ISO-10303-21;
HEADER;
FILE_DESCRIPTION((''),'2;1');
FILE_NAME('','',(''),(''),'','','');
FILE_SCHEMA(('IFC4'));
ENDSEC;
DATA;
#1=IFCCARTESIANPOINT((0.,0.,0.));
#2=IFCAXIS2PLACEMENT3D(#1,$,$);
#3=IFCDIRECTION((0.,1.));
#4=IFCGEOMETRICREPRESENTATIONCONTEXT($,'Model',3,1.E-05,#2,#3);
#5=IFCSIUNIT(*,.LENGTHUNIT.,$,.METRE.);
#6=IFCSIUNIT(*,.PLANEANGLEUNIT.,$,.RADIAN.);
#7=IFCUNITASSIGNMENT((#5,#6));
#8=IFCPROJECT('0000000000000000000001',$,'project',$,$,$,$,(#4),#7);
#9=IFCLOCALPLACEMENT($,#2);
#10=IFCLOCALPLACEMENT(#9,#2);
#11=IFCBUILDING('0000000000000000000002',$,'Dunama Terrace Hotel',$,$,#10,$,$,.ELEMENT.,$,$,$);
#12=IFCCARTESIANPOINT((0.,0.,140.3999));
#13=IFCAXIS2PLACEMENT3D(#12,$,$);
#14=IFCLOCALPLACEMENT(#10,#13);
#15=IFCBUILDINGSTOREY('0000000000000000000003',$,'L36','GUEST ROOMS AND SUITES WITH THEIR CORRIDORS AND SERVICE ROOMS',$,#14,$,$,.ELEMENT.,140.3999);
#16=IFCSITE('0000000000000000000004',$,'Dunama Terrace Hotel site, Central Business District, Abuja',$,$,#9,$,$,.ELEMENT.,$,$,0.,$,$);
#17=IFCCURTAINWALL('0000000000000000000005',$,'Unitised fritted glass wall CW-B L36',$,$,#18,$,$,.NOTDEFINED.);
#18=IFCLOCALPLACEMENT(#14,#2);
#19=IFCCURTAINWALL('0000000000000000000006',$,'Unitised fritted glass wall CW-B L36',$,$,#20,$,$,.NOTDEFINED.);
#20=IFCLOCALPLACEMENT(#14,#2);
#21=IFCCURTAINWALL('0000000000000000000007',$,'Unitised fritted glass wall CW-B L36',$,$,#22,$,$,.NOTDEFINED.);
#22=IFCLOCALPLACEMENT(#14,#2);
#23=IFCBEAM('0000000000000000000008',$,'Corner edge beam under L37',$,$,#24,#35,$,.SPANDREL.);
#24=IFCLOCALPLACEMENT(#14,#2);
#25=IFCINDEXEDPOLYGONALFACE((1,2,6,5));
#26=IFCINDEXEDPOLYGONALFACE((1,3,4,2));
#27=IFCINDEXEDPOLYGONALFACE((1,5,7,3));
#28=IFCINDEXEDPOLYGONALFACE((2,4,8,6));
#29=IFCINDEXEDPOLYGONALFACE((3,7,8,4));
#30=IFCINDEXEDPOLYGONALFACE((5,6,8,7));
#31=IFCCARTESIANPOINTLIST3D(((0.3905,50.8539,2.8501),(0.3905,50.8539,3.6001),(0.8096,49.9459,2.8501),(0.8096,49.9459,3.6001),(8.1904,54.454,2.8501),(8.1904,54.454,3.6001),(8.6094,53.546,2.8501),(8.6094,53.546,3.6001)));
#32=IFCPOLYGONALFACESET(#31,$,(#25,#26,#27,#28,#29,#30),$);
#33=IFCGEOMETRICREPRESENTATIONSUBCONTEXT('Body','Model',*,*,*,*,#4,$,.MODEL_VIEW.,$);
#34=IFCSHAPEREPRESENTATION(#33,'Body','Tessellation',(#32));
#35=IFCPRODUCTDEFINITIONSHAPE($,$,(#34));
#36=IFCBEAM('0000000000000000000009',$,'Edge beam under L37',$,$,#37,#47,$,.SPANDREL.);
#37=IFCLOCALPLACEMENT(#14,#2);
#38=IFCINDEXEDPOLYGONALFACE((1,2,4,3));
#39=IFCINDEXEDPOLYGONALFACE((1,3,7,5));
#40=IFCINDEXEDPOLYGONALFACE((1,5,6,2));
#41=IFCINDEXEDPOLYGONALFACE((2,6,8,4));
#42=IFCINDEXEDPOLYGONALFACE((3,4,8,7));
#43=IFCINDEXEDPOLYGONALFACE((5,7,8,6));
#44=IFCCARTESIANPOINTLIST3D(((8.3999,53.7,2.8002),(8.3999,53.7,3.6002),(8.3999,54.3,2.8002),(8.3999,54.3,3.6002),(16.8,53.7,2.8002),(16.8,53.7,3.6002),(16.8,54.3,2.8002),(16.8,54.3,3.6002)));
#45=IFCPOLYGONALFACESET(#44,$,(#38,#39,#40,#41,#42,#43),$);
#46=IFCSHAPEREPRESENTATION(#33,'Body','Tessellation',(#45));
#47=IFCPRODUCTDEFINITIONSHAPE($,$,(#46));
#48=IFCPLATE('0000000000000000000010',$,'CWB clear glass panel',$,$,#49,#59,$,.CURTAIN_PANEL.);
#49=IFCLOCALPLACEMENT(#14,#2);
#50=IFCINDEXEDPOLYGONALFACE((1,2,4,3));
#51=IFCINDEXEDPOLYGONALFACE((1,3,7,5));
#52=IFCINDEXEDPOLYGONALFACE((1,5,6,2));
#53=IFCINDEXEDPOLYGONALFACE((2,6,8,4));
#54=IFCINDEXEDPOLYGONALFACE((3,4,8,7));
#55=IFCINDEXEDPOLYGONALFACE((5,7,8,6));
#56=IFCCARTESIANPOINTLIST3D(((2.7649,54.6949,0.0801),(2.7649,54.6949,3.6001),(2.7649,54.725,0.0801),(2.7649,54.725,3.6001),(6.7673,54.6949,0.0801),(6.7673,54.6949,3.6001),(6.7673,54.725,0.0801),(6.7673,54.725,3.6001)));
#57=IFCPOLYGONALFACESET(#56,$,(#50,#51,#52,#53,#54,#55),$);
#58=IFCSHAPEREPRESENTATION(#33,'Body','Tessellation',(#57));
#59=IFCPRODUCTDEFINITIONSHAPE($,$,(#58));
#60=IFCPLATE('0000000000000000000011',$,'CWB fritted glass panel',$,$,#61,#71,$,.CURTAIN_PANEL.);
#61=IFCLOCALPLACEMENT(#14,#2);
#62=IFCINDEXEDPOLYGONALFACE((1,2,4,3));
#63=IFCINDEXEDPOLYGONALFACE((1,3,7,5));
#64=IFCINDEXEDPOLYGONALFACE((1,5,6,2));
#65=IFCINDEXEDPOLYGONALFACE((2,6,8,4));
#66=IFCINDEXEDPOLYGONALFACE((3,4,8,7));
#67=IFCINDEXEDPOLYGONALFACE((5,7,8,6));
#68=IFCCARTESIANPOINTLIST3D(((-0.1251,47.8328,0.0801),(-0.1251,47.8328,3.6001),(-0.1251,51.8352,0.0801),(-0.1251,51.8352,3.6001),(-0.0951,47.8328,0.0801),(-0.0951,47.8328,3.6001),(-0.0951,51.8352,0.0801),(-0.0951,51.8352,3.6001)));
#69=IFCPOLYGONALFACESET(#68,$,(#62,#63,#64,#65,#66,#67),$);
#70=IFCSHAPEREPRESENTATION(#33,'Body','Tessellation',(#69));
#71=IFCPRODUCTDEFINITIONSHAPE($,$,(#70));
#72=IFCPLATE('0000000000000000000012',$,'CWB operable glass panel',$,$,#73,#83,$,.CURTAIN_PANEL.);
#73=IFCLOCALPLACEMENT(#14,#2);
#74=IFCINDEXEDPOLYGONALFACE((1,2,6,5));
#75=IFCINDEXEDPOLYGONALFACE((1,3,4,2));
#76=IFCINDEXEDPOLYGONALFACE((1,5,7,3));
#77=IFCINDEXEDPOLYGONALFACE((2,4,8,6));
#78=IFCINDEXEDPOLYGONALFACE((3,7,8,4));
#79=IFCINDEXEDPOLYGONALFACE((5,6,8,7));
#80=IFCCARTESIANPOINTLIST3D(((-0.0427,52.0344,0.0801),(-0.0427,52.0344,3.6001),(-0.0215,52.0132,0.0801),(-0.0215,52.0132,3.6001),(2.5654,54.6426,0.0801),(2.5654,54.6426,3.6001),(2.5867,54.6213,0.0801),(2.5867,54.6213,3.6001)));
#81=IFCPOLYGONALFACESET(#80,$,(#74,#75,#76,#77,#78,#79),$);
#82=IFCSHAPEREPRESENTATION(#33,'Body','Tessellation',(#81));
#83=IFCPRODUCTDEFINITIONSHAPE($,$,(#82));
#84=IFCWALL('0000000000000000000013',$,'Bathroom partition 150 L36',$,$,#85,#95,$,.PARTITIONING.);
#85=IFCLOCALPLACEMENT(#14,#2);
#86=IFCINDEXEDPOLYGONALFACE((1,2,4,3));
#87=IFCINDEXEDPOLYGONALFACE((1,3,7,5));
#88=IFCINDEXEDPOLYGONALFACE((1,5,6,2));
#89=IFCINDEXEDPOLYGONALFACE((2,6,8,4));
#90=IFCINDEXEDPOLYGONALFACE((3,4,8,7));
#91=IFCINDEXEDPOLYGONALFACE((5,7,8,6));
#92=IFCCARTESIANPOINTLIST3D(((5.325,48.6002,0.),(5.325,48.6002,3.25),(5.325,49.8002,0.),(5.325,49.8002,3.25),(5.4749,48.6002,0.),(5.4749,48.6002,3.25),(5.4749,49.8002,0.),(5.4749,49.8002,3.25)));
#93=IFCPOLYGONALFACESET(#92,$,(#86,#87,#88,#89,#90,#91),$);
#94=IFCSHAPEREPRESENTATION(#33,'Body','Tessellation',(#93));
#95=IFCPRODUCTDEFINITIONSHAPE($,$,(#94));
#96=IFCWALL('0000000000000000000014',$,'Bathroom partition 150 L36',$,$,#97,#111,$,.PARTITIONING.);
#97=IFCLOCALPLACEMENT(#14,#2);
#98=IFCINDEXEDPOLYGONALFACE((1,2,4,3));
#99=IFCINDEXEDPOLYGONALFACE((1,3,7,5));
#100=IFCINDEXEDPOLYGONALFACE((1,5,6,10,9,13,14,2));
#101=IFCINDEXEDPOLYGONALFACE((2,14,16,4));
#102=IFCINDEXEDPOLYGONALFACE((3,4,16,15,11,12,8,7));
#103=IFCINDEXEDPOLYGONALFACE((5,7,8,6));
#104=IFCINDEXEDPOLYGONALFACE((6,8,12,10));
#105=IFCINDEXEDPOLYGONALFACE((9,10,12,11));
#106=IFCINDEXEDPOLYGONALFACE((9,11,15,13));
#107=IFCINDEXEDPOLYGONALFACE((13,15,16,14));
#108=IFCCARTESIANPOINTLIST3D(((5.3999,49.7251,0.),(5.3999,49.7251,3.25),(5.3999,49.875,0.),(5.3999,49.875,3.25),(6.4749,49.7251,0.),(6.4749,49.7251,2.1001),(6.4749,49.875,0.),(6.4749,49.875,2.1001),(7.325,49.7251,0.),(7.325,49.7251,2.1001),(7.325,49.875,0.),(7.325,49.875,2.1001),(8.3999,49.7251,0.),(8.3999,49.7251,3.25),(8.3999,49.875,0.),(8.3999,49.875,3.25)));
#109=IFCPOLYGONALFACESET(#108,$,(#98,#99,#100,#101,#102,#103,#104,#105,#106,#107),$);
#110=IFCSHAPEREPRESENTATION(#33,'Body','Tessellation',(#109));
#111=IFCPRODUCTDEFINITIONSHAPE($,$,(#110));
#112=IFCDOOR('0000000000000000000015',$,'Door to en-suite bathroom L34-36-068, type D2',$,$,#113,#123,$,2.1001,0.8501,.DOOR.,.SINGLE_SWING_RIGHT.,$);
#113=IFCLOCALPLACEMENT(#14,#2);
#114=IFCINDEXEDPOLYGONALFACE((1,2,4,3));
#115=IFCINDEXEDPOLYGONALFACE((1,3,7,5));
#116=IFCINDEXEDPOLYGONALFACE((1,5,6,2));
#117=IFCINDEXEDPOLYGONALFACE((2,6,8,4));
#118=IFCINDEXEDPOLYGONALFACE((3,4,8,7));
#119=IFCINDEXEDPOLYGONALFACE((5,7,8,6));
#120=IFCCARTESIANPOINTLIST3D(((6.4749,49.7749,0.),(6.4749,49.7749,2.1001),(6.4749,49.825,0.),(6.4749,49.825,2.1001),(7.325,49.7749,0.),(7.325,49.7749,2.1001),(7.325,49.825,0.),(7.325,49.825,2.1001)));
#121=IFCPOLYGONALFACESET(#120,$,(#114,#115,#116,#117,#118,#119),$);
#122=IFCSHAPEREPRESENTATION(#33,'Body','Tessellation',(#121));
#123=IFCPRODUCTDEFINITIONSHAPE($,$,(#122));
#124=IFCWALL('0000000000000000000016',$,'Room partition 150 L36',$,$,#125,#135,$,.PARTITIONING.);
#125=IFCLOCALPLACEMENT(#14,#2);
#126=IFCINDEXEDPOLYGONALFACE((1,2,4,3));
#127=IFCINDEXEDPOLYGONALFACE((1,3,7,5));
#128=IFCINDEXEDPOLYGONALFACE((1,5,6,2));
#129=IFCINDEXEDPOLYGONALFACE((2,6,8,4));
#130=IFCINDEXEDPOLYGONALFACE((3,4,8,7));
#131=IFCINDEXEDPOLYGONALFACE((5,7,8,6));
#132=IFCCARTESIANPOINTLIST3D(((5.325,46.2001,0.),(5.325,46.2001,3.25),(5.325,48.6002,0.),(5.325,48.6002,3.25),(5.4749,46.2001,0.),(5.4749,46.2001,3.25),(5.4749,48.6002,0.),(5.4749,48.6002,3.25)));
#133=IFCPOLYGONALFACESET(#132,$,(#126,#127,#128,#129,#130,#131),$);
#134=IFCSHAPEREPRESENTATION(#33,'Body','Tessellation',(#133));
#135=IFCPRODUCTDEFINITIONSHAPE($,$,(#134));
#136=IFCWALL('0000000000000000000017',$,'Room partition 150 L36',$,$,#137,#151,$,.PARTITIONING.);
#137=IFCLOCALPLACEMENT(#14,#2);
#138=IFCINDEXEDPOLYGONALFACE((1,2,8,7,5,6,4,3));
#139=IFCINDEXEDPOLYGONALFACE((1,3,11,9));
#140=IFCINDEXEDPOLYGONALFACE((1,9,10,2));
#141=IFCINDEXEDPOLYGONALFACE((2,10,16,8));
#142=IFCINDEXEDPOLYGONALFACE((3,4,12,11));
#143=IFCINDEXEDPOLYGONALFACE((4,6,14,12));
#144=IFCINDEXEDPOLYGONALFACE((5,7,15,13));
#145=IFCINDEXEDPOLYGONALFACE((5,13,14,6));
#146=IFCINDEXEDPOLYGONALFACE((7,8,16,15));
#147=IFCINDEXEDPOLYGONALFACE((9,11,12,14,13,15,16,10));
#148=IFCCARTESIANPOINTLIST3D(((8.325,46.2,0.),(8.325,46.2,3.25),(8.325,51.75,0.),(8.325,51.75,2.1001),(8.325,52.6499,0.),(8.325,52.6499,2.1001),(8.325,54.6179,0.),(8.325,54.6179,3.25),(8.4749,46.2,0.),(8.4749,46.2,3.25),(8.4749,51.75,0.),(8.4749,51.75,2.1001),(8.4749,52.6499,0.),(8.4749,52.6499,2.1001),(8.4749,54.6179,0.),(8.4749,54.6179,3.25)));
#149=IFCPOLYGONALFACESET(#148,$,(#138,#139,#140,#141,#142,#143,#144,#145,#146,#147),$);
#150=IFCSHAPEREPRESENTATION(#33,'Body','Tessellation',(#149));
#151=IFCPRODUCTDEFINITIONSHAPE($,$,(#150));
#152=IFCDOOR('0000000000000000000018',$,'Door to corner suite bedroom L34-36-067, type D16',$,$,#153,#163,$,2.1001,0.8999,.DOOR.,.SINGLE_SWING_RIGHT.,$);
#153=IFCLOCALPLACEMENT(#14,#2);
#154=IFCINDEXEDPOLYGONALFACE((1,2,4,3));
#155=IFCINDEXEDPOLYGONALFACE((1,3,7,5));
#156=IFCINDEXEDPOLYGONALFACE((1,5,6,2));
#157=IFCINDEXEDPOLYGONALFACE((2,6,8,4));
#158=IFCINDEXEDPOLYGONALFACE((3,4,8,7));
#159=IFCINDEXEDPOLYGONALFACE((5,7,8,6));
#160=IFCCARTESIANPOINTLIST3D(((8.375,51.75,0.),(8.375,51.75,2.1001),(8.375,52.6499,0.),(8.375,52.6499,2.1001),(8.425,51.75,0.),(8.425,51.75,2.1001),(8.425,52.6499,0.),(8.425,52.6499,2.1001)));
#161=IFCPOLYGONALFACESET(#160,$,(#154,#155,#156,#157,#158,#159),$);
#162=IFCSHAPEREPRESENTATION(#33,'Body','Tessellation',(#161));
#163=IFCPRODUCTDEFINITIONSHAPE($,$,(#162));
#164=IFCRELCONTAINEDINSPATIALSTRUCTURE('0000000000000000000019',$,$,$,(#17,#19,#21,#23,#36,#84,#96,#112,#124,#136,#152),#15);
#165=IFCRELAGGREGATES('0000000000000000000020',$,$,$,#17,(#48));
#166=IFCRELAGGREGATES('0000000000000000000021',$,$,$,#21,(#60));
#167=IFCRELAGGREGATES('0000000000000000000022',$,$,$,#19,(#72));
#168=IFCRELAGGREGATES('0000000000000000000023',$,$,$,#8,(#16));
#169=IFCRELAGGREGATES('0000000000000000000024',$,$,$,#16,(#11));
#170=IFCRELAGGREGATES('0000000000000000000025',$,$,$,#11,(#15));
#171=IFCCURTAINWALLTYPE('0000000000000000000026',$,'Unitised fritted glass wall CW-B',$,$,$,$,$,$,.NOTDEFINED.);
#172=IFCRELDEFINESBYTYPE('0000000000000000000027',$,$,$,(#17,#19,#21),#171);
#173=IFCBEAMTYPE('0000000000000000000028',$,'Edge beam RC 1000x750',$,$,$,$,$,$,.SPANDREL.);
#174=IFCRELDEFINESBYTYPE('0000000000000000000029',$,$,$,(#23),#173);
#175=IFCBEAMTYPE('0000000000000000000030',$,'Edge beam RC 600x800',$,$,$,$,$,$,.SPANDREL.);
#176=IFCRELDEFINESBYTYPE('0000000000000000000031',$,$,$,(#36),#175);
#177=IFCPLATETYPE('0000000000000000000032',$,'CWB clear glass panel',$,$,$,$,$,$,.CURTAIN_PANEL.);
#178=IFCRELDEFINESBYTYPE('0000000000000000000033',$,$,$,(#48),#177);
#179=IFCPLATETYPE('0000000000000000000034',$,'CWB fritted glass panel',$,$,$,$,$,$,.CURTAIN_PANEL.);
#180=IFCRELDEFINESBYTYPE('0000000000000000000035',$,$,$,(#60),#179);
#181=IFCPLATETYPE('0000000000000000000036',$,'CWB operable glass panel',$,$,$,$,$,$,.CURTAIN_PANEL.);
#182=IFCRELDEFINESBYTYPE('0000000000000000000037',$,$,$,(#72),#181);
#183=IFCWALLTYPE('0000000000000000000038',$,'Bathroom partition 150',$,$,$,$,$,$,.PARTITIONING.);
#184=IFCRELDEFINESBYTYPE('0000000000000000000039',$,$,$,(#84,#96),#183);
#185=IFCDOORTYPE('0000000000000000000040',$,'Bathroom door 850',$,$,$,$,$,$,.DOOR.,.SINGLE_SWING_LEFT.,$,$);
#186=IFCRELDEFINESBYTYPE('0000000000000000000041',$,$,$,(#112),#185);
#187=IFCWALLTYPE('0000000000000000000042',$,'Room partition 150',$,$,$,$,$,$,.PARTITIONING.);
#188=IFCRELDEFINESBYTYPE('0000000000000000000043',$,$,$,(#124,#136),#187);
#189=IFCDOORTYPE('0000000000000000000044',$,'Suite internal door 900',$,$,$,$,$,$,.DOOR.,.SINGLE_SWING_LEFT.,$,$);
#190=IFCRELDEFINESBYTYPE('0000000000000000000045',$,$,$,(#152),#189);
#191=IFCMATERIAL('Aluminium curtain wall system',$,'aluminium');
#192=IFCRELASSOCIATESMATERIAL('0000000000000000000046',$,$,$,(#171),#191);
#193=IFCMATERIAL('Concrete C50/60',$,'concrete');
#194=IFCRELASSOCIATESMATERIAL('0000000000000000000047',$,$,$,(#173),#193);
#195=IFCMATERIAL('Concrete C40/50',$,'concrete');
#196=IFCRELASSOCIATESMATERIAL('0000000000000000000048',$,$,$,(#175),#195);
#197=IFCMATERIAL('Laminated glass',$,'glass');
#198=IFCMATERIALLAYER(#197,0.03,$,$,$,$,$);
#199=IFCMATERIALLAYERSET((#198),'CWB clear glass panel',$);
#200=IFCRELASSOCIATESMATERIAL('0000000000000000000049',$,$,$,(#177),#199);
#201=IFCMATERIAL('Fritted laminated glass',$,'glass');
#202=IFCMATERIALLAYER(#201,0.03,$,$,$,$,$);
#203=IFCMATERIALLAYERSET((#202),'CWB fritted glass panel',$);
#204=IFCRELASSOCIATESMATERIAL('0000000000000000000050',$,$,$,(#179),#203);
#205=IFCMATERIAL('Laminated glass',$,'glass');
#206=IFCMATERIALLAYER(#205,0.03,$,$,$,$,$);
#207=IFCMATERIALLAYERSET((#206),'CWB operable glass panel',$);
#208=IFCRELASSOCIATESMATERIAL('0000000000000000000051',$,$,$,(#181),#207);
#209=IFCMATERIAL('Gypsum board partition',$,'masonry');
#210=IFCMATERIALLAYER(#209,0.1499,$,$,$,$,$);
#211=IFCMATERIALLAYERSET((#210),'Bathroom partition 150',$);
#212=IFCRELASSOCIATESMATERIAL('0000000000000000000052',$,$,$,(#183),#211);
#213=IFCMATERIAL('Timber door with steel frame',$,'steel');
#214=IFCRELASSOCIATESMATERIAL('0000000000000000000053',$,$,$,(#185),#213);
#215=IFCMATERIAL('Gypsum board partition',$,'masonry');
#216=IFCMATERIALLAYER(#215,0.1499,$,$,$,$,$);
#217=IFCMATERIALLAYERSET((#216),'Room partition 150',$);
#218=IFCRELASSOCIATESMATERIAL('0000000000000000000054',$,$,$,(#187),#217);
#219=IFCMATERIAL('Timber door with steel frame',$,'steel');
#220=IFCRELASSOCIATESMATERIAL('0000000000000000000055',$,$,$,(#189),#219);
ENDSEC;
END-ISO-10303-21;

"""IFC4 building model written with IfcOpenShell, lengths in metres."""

from ifc_helpers import new_model, si_unit, direction, frame, frame_2d, origin, origin_2d, place, context, subcontext, project, spatial, rectangle, extrude, material, layer, layer_set, material_profile, profile_set, type_object, element, fill, aggregate, save


model = new_model("IFC4")

# Units and contexts
model_context = context("Model", 3, precision=1e-05, world=origin(), true_north=direction((0.0, 1.0)))
body_context = subcontext(model_context, "Body", "Model", "MODEL_VIEW")
ifc_project = project(units=[si_unit("LENGTHUNIT", "METRE"), si_unit("PLANEANGLEUNIT", "RADIAN")], contexts=[model_context])

# Site, building, storey
site_placement = place(None, origin())
site = spatial("IfcSite", under=ifc_project, at=site_placement, Name="Dunama Terrace Hotel site, Central Business District, Abuja", CompositionType="ELEMENT", RefElevation=0.0)
building_placement = place(site_placement, origin())
building = spatial("IfcBuilding", under=site, at=building_placement, Name="Dunama Terrace Hotel", CompositionType="ELEMENT")
storey_placement = place(building_placement, frame((0.0, 0.0, 140.3999)))
storey = spatial("IfcBuildingStorey", under=building, at=storey_placement, Name="L36", Description="GUEST ROOMS AND SUITES WITH THEIR CORRIDORS AND SERVICE ROOMS", CompositionType="ELEMENT", Elevation=140.3999)

# Curtain walls
ifc_material_1 = material(Name="Aluminium curtain wall system", Category="aluminium")
curtain_wall_type = type_object("IfcCurtainWallType", Name="Unitised fritted glass wall CW-B", PredefinedType="NOTDEFINED", material=ifc_material_1)
curtain_wall_1_placement = place(storey_placement, origin())
curtain_wall_1 = element("IfcCurtainWall", 1, at=curtain_wall_1_placement, inside=storey, type_object=curtain_wall_type, Name="Unitised fritted glass wall CW-B L36", PredefinedType="NOTDEFINED")
curtain_wall_2_placement = place(storey_placement, origin())
curtain_wall_2 = element("IfcCurtainWall", 2, at=curtain_wall_2_placement, inside=storey, type_object=curtain_wall_type, Name="Unitised fritted glass wall CW-B L36", PredefinedType="NOTDEFINED")
curtain_wall_3_placement = place(storey_placement, origin())
curtain_wall_3 = element("IfcCurtainWall", 3, at=curtain_wall_3_placement, inside=storey, type_object=curtain_wall_type, Name="Unitised fritted glass wall CW-B L36", PredefinedType="NOTDEFINED")

# Beams
ifc_material_2 = material(Name="Concrete C50/60", Category="concrete")
ifc_material_profile_1 = material_profile(ifc_material_2, rectangle(XDim=1.0, YDim=0.75, at=origin_2d()), Name="RC 1000x750")
ifc_profile_set_1 = profile_set([ifc_material_profile_1], Name="Concrete C50/60")
beam_type_1 = type_object("IfcBeamType", Name="Edge beam RC 1000x750", PredefinedType="SPANDREL", material=ifc_profile_set_1)
beam_1_placement = place(storey_placement, frame((8.3999, 54.0, 3.2251), z_axis=(-0.907951, -0.419076, 0.0), x_axis=(0.419076, -0.907951, 0.0)))
element("IfcBeam", 4, at=beam_1_placement, inside=storey, type_object=beam_type_1, Name="Corner edge beam under L37", PredefinedType="SPANDREL", context=body_context, shape_type="SweptSolid", body=[
    extrude(rectangle(XDim=1.0, YDim=0.75, at=origin_2d()), origin(), (0.0, 0.0, 1.0), 8.5906),
])
ifc_material_3 = material(Name="Concrete C40/50", Category="concrete")
ifc_material_profile_2 = material_profile(ifc_material_3, rectangle(XDim=0.6001, YDim=0.8, at=origin_2d()), Name="RC 600x800")
ifc_profile_set_2 = profile_set([ifc_material_profile_2], Name="Concrete C40/50")
beam_type_2 = type_object("IfcBeamType", Name="Edge beam RC 600x800", PredefinedType="SPANDREL", material=ifc_profile_set_2)
beam_2_placement = place(storey_placement, frame((8.3999, 54.0, 3.2002), z_axis=(1.0, 0.0, 0.0), x_axis=(0.0, 1.0, 0.0)))
element("IfcBeam", 5, at=beam_2_placement, inside=storey, type_object=beam_type_2, Name="Edge beam under L37", PredefinedType="SPANDREL", context=body_context, shape_type="SweptSolid", body=[
    extrude(rectangle(XDim=0.6001, YDim=0.8, at=origin_2d()), origin(), (0.0, 0.0, 1.0), 8.4001),
])

# Plates
ifc_material_4 = material(Name="Laminated glass", Category="glass")
ifc_layer_1 = layer(ifc_material_4, 0.03)
ifc_layer_set_1 = layer_set([ifc_layer_1], Name="CWB clear glass panel")
plate_type_1 = type_object("IfcPlateType", Name="CWB clear glass panel", PredefinedType="CURTAIN_PANEL", material=ifc_layer_set_1)
plate_1_placement = place(storey_placement, frame((4.7661, 54.71, 0.0801), z_axis=(0.0, 0.0, 1.0), x_axis=(-1.0, 0.0, 0.0)))
plate_1 = element("IfcPlate", 6, at=plate_1_placement, type_object=plate_type_1, Name="CWB clear glass panel", PredefinedType="CURTAIN_PANEL", context=body_context, shape_type="SweptSolid", body=[
    extrude(rectangle(XDim=4.0024, YDim=0.03, at=origin_2d()), origin(), (0.0, 0.0, 1.0), 3.52),
])
aggregate(curtain_wall_1, [plate_1])
ifc_material_5 = material(Name="Fritted laminated glass", Category="glass")
ifc_layer_2 = layer(ifc_material_5, 0.03)
ifc_layer_set_2 = layer_set([ifc_layer_2], Name="CWB fritted glass panel")
plate_type_2 = type_object("IfcPlateType", Name="CWB fritted glass panel", PredefinedType="CURTAIN_PANEL", material=ifc_layer_set_2)
plate_2_placement = place(storey_placement, frame((-0.1101, 49.834, 0.0801), z_axis=(0.0, 0.0, 1.0), x_axis=(0.0, -1.0, 0.0)))
plate_2 = element("IfcPlate", 7, at=plate_2_placement, type_object=plate_type_2, Name="CWB fritted glass panel", PredefinedType="CURTAIN_PANEL", context=body_context, shape_type="SweptSolid", body=[
    extrude(rectangle(XDim=4.0024, YDim=0.03, at=origin_2d()), origin(), (0.0, 0.0, 1.0), 3.52),
])
aggregate(curtain_wall_3, [plate_2])
ifc_material_6 = material(Name="Laminated glass", Category="glass")
ifc_layer_3 = layer(ifc_material_6, 0.03)
ifc_layer_set_3 = layer_set([ifc_layer_3], Name="CWB operable glass panel")
plate_type_3 = type_object("IfcPlateType", Name="CWB operable glass panel", PredefinedType="CURTAIN_PANEL", material=ifc_layer_set_3)
plate_3_placement = place(storey_placement, frame((1.272, 53.3279, 0.0801), z_axis=(0.0, 0.0, 1.0), x_axis=(-0.707107, -0.707107, 0.0)))
plate_3 = element("IfcPlate", 8, at=plate_3_placement, type_object=plate_type_3, Name="CWB operable glass panel", PredefinedType="CURTAIN_PANEL", context=body_context, shape_type="SweptSolid", body=[
    extrude(rectangle(XDim=3.6885, YDim=0.03, at=origin_2d()), origin(), (0.0, 0.0, 1.0), 3.52),
])
aggregate(curtain_wall_2, [plate_3])

# Wall
ifc_material_7 = material(Name="Gypsum board partition", Category="masonry")
ifc_layer_4 = layer(ifc_material_7, 0.1499)
ifc_layer_set_4 = layer_set([ifc_layer_4], Name="Bathroom partition 150")
wall_type_1 = type_object("IfcWallType", Name="Bathroom partition 150", PredefinedType="PARTITIONING", material=ifc_layer_set_4)
wall_1_placement = place(storey_placement, frame((5.3999, 48.6001, 0.0), z_axis=(0.0, 0.0, 1.0), x_axis=(0.0, 1.0, 0.0)))
element("IfcWall", 9, at=wall_1_placement, inside=storey, type_object=wall_type_1, Name="Bathroom partition 150 L36", PredefinedType="PARTITIONING", context=body_context, shape_type="SweptSolid", body=[
    extrude(rectangle(XDim=1.2, YDim=0.1499, at=frame_2d((0.6001, 0.0))), origin(), (0.0, 0.0, 1.0), 3.25),
])

# Wall, opening, door
wall_2_placement = place(storey_placement, frame((5.3999, 49.8, 0.0), z_axis=(0.0, 0.0, 1.0), x_axis=(1.0, 0.0, 0.0)))
wall_2 = element("IfcWall", 10, at=wall_2_placement, inside=storey, type_object=wall_type_1, Name="Bathroom partition 150 L36", PredefinedType="PARTITIONING", context=body_context, shape_type="SweptSolid", body=[
    extrude(rectangle(XDim=3.0, YDim=0.1499, at=frame_2d((1.5, 0.0))), origin(), (0.0, 0.0, 1.0), 3.25),
])
opening_1_placement = place(wall_2_placement, frame((1.075, 0.0, 0.0)))
opening_1 = element("IfcOpeningElement", 11, at=opening_1_placement, cuts=wall_2, PredefinedType="OPENING", context=body_context, shape_type="SweptSolid", body=[
    extrude(rectangle(XDim=0.8501, YDim=2.1001, at=frame_2d((0.425, 1.05))), frame((0.0, 0.085, 0.0), z_axis=(0.0, -1.0, 0.0), x_axis=(1.0, 0.0, 0.0)), (0.0, 0.0, 1.0), 0.1699),
])
ifc_material_8 = material(Name="Timber door with steel frame", Category="steel")
door_type_1 = type_object("IfcDoorType", Name="Bathroom door 850", OperationType="SINGLE_SWING_LEFT", PredefinedType="DOOR", material=ifc_material_8)
door_1_placement = place(opening_1_placement, frame((0.8501, 0.0, 0.0), z_axis=(0.0, 0.0, 1.0), x_axis=(-1.0, 0.0, 0.0)))
door_1 = element("IfcDoor", 12, at=door_1_placement, inside=storey, type_object=door_type_1, Name="Door to en-suite bathroom L34-36-068, type D2", OperationType="SINGLE_SWING_RIGHT", OverallHeight=2.1001, OverallWidth=0.8501, PredefinedType="DOOR", context=body_context, shape_type="SweptSolid", body=[
    extrude(rectangle(XDim=0.8501, YDim=2.1001, at=frame_2d((0.425, 1.05))), frame((0.0, 0.0251, 0.0), z_axis=(0.0, -1.0, 0.0), x_axis=(1.0, 0.0, 0.0)), (0.0, 0.0, 1.0), 0.05),
])
fill(opening_1, door_1)

# Wall
ifc_material_9 = material(Name="Gypsum board partition", Category="masonry")
ifc_layer_5 = layer(ifc_material_9, 0.1499)
ifc_layer_set_5 = layer_set([ifc_layer_5], Name="Room partition 150")
wall_type_2 = type_object("IfcWallType", Name="Room partition 150", PredefinedType="PARTITIONING", material=ifc_layer_set_5)
wall_3_placement = place(storey_placement, frame((5.3999, 46.2, 0.0), z_axis=(0.0, 0.0, 1.0), x_axis=(0.0, 1.0, 0.0)))
element("IfcWall", 13, at=wall_3_placement, inside=storey, type_object=wall_type_2, Name="Room partition 150 L36", PredefinedType="PARTITIONING", context=body_context, shape_type="SweptSolid", body=[
    extrude(rectangle(XDim=2.4001, YDim=0.1499, at=frame_2d((1.2002, 0.0))), origin(), (0.0, 0.0, 1.0), 3.25),
])

# Wall, opening, door
wall_4_placement = place(storey_placement, frame((8.3999, 46.2, 0.0), z_axis=(0.0, 0.0, 1.0), x_axis=(0.0, 1.0, 0.0)))
wall_4 = element("IfcWall", 14, at=wall_4_placement, inside=storey, type_object=wall_type_2, Name="Room partition 150 L36", PredefinedType="PARTITIONING", context=body_context, shape_type="SweptSolid", body=[
    extrude(rectangle(XDim=8.418, YDim=0.1499, at=frame_2d((4.209, 0.0))), origin(), (0.0, 0.0, 1.0), 3.25),
])
opening_2_placement = place(wall_4_placement, frame((5.55, 0.0, 0.0)))
opening_2 = element("IfcOpeningElement", 15, at=opening_2_placement, cuts=wall_4, PredefinedType="OPENING", context=body_context, shape_type="SweptSolid", body=[
    extrude(rectangle(XDim=0.8999, YDim=2.1001, at=frame_2d((0.45, 1.05))), frame((0.0, 0.085, 0.0), z_axis=(0.0, -1.0, 0.0), x_axis=(1.0, 0.0, 0.0)), (0.0, 0.0, 1.0), 0.1699),
])
ifc_material_10 = material(Name="Timber door with steel frame", Category="steel")
door_type_2 = type_object("IfcDoorType", Name="Suite internal door 900", OperationType="SINGLE_SWING_LEFT", PredefinedType="DOOR", material=ifc_material_10)
door_2_placement = place(opening_2_placement, origin())
door_2 = element("IfcDoor", 16, at=door_2_placement, inside=storey, type_object=door_type_2, Name="Door to corner suite bedroom L34-36-067, type D16", OperationType="SINGLE_SWING_RIGHT", OverallHeight=2.1001, OverallWidth=0.8999, PredefinedType="DOOR", context=body_context, shape_type="SweptSolid", body=[
    extrude(rectangle(XDim=0.8999, YDim=2.1001, at=frame_2d((0.45, 1.05))), frame((0.0, 0.0249, 0.0), z_axis=(0.0, -1.0, 0.0), x_axis=(1.0, 0.0, 0.0)), (0.0, 0.0, 1.0), 0.05),
])
fill(opening_2, door_2)

save(model, "model.ifc")
